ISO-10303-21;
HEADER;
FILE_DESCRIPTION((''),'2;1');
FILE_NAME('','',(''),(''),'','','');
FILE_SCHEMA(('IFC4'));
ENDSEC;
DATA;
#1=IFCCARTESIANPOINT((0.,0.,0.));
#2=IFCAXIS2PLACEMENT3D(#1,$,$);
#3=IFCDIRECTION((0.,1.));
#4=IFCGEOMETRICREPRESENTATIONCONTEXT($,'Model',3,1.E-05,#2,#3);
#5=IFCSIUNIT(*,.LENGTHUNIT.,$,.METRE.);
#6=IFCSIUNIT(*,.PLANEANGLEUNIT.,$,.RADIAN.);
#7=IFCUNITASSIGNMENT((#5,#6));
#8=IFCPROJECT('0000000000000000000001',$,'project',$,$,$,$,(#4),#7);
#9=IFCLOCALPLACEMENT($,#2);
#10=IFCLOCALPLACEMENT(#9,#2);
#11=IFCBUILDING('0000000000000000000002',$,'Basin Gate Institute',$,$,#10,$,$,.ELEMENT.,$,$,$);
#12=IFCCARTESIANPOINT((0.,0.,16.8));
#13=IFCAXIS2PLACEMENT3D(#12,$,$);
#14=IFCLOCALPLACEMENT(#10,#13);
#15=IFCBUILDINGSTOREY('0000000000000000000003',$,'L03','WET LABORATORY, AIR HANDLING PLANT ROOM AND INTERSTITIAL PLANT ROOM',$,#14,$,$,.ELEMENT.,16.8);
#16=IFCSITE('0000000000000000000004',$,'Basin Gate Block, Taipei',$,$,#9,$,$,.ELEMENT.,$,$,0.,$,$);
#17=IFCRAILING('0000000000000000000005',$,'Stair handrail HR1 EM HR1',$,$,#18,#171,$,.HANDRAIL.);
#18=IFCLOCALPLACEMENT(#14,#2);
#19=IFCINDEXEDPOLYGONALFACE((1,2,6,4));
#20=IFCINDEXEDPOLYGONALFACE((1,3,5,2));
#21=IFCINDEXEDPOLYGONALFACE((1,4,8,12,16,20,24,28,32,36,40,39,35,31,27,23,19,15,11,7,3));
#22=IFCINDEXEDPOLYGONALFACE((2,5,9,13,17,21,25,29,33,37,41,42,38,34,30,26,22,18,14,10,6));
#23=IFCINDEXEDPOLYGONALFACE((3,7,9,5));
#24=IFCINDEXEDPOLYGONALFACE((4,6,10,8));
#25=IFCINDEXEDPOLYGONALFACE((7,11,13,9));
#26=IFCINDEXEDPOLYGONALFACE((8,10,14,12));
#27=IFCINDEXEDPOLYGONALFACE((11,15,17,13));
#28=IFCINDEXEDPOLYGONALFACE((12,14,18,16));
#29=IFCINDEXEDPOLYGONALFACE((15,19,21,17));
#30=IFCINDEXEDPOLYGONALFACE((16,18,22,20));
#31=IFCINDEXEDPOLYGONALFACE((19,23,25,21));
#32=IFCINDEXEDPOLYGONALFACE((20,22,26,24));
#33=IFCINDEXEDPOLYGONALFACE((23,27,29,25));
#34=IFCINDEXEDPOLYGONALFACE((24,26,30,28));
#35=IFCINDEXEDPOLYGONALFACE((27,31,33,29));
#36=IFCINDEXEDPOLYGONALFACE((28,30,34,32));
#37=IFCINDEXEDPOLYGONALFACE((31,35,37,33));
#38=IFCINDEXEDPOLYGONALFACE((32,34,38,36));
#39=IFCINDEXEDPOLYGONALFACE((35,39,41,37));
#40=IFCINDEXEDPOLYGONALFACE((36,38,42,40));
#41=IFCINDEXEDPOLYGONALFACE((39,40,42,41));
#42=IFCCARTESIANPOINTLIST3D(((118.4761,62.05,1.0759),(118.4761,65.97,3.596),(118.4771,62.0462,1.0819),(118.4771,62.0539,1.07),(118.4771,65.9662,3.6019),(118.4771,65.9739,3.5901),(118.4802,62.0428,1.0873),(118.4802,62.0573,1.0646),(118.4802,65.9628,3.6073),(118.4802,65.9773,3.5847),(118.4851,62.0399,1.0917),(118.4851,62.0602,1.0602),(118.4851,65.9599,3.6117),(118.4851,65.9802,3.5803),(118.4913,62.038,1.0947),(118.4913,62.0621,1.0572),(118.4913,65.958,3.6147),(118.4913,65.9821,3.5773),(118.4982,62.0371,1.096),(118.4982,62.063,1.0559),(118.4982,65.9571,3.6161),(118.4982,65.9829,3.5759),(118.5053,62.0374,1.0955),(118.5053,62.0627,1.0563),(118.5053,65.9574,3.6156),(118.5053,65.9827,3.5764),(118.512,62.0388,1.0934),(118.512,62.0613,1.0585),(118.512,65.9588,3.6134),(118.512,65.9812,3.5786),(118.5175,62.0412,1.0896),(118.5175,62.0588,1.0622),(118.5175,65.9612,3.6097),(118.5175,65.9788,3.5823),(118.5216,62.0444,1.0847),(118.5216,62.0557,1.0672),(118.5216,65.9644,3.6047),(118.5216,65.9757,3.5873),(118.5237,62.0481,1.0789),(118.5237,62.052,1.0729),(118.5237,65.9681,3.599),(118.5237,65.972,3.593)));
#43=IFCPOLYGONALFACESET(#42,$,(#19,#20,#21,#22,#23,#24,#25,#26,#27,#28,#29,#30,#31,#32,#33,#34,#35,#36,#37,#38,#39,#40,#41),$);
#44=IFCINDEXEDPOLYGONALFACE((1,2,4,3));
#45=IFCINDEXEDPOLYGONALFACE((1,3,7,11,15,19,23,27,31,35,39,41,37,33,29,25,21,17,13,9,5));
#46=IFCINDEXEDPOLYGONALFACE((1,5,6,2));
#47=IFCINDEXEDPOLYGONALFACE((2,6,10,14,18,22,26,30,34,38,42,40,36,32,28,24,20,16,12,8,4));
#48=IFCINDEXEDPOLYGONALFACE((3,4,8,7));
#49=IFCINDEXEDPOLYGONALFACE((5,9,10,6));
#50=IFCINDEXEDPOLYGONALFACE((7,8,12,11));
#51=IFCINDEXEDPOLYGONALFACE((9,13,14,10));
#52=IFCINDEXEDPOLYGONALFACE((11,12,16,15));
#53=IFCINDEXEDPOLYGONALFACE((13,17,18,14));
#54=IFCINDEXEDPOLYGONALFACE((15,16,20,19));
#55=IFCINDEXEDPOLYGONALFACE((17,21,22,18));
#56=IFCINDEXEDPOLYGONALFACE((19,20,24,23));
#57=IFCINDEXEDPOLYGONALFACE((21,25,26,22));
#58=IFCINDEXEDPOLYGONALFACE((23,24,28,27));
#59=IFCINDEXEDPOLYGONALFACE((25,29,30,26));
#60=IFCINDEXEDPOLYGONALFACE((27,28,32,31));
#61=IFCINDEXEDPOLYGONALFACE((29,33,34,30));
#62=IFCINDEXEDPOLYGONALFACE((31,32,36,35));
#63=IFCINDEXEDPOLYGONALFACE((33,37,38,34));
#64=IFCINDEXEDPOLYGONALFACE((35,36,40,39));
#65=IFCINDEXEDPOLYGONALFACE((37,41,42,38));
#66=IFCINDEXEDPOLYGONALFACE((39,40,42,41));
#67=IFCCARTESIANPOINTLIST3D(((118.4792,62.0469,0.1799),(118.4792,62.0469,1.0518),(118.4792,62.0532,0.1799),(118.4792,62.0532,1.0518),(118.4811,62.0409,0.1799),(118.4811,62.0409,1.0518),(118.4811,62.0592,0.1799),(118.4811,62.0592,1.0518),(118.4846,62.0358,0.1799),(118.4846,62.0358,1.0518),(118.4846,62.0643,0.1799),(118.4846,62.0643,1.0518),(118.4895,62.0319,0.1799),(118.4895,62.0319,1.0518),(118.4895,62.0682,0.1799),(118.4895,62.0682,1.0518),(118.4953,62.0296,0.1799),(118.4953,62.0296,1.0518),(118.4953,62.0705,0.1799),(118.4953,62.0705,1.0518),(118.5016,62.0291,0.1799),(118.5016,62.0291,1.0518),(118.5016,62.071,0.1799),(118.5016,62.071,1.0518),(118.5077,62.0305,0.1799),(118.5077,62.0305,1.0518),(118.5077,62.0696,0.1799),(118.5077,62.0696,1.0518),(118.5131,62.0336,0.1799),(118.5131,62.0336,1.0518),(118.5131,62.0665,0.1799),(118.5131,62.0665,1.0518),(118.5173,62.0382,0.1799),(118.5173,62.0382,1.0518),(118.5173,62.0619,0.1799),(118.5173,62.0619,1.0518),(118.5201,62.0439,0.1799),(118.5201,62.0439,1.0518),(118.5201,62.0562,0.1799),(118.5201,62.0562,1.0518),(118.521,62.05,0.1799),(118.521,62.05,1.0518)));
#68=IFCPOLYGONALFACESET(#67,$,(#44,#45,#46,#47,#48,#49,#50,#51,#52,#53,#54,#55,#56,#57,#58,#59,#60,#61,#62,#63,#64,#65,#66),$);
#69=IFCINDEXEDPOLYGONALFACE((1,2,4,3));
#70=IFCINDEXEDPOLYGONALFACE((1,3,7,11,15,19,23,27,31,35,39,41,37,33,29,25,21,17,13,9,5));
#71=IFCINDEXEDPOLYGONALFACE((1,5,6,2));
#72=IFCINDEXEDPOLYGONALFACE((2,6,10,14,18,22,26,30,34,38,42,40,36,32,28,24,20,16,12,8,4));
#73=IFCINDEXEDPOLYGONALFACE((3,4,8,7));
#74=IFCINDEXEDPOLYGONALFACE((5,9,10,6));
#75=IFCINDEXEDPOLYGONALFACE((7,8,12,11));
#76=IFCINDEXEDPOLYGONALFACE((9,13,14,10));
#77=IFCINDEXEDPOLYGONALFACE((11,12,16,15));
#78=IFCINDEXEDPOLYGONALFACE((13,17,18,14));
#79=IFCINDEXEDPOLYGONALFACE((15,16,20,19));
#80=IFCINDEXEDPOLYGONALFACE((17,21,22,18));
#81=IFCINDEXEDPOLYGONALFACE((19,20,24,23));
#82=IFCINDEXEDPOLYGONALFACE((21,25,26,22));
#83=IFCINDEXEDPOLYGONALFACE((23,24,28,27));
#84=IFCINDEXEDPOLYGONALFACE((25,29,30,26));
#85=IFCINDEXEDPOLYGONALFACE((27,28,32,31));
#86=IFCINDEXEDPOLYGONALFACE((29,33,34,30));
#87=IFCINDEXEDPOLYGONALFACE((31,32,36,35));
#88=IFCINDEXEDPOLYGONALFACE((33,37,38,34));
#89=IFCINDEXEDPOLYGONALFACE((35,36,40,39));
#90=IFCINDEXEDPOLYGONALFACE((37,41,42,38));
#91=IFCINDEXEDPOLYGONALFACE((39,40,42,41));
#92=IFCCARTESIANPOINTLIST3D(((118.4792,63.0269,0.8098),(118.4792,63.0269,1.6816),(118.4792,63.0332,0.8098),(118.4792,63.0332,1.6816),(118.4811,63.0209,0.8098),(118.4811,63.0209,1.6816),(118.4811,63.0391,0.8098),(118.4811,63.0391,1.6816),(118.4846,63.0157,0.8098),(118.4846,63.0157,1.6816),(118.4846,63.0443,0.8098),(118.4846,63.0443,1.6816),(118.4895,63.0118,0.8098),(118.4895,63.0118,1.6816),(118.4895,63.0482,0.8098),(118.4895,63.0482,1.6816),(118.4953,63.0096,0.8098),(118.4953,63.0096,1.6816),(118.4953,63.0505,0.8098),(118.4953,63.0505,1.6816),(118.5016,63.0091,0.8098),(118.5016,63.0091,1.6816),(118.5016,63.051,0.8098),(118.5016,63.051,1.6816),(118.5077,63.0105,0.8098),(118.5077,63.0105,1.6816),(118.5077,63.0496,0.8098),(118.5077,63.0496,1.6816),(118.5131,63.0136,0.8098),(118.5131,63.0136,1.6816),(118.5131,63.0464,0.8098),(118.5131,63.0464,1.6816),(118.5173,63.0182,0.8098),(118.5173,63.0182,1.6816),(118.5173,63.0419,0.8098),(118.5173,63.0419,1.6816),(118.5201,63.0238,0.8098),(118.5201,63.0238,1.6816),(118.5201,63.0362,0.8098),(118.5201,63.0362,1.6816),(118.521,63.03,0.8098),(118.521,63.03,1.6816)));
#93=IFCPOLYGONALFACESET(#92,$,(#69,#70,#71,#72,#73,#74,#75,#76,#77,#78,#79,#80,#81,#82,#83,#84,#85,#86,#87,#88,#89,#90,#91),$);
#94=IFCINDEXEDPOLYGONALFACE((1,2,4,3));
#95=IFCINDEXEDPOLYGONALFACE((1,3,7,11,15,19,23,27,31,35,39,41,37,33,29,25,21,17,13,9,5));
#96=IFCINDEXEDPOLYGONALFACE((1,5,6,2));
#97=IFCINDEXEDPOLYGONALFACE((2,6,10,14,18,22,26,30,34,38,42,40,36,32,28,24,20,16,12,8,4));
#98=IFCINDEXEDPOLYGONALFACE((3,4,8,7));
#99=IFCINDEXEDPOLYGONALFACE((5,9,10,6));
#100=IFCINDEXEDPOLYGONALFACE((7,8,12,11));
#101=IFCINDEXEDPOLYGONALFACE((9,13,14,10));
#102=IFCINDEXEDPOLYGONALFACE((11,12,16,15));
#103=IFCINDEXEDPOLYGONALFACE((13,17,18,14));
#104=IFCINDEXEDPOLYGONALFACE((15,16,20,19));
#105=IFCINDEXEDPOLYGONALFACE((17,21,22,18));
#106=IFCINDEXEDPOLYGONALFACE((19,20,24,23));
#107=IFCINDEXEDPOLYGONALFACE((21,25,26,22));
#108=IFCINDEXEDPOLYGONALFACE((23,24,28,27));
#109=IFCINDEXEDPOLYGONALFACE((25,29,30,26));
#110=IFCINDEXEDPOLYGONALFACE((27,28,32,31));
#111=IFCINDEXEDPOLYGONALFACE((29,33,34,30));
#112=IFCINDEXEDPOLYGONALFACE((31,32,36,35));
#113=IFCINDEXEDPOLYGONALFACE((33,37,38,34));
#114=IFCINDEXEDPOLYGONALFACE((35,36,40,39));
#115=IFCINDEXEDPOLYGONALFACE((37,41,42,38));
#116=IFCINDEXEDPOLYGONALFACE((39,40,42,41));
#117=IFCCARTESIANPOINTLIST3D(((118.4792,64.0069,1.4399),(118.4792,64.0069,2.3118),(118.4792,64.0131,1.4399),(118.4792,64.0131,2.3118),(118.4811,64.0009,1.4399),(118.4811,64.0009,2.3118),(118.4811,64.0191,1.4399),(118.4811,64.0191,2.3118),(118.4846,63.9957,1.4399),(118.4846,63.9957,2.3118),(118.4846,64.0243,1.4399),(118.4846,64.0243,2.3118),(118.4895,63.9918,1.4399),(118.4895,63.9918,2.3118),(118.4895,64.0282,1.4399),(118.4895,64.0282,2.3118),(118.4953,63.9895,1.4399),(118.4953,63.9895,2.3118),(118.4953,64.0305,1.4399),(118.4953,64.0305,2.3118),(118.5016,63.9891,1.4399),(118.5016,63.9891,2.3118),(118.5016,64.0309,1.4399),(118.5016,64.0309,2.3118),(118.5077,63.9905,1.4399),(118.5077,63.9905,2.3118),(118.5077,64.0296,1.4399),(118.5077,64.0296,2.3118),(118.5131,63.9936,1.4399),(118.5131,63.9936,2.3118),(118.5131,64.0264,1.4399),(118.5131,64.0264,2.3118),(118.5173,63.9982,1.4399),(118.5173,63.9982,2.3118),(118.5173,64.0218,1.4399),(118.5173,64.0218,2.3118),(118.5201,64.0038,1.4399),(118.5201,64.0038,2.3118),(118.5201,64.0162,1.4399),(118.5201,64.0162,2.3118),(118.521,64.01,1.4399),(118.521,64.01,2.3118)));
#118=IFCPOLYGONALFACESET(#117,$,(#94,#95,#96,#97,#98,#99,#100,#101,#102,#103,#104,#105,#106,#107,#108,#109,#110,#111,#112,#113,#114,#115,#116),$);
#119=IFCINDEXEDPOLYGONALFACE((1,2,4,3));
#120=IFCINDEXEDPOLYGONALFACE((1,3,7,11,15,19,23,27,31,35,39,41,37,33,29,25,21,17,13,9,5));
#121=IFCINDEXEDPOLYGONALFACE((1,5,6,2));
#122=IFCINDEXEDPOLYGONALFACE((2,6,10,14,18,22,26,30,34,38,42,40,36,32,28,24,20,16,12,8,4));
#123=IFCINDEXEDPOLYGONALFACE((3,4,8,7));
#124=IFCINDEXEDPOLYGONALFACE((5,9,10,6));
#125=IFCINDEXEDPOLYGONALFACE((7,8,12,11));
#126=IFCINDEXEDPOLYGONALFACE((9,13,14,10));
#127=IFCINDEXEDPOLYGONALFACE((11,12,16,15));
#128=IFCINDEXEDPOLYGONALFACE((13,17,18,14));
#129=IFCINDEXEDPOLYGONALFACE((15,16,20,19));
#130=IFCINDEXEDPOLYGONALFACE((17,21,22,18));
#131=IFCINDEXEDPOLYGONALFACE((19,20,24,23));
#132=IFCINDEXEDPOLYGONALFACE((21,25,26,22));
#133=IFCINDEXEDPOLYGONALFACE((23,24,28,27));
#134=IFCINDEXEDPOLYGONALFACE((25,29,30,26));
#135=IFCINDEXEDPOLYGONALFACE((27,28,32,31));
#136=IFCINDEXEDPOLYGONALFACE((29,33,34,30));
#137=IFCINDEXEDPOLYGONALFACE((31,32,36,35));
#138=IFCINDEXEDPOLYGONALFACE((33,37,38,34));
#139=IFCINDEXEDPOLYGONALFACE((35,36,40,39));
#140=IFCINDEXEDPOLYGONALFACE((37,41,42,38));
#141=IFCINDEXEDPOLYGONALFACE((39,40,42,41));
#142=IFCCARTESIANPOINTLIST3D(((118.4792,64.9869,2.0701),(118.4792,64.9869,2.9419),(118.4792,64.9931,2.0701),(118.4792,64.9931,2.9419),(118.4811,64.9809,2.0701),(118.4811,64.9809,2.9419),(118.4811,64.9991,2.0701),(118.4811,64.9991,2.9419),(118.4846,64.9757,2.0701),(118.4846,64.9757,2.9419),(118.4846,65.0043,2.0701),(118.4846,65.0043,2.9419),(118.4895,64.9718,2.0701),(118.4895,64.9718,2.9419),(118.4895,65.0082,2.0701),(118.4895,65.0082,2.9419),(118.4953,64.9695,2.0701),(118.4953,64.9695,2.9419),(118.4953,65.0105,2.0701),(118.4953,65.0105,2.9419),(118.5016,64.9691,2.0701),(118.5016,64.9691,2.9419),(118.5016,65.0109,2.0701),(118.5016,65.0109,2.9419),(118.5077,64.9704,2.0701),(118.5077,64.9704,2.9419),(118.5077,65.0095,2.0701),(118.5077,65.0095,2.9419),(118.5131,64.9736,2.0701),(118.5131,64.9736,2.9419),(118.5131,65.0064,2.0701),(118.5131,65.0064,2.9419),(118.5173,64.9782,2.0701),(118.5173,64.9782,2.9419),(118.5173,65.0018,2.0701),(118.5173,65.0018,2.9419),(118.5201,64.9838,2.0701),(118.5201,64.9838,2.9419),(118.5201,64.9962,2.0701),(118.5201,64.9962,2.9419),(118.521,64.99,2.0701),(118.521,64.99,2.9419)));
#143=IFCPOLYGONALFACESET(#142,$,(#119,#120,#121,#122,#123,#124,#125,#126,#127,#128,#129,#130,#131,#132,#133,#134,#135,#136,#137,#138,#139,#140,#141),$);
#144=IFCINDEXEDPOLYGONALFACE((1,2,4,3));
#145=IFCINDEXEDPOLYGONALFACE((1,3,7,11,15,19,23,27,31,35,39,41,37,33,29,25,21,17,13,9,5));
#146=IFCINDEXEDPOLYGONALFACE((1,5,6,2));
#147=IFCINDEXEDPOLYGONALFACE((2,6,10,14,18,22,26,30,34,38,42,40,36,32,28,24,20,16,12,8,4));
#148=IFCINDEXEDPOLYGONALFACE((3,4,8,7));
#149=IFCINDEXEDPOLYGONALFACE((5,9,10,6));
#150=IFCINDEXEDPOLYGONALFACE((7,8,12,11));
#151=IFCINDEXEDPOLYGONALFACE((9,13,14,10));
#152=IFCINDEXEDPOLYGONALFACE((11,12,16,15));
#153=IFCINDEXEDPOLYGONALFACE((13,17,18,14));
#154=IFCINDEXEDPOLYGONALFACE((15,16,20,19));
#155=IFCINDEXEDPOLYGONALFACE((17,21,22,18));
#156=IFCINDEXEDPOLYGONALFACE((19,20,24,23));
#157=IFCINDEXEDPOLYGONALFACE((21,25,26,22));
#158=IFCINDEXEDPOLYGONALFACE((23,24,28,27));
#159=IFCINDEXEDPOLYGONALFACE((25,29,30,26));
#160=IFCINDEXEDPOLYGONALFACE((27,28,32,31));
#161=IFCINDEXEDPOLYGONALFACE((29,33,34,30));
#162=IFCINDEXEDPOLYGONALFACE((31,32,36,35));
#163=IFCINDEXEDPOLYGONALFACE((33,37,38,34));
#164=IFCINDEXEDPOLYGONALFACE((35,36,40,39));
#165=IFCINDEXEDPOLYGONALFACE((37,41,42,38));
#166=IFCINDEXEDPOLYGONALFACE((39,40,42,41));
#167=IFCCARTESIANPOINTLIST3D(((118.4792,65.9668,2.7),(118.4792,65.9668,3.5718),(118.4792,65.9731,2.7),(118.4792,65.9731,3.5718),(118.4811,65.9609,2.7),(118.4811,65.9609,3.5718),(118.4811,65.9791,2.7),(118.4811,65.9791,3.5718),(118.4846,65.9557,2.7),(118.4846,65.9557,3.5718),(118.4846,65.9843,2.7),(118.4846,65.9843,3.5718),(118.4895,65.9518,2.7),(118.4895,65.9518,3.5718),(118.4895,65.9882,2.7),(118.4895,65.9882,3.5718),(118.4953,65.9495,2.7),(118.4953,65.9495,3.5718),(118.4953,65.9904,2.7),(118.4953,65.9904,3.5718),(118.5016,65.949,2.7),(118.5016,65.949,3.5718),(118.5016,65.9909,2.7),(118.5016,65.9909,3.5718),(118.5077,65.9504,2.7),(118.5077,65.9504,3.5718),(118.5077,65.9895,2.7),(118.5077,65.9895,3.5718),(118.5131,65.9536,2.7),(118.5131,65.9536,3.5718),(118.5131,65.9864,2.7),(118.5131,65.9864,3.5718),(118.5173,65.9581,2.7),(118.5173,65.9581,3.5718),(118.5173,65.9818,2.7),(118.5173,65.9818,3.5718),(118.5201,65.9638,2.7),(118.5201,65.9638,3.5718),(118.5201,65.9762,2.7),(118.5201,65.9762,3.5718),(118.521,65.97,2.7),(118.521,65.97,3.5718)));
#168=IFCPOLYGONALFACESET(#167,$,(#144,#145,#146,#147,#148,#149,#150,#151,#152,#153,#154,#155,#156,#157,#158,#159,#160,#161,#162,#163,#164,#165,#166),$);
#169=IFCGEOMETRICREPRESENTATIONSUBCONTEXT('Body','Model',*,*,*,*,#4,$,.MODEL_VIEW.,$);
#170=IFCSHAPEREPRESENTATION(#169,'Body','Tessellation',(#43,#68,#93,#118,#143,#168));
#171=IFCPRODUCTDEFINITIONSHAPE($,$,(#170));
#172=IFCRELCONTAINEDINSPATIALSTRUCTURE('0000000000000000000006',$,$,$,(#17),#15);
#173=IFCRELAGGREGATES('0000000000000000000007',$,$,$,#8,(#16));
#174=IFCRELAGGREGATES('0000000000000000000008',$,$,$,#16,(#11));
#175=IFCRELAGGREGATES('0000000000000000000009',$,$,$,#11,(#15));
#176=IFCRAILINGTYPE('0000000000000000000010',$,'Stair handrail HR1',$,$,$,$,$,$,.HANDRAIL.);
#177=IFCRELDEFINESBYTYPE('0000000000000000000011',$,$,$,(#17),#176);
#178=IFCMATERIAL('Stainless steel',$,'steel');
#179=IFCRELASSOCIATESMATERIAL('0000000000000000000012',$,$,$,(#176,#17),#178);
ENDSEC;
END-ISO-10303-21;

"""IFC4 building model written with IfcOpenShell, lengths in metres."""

from ifc_helpers import new_model, si_unit, direction, frame, origin, origin_2d, place, context, subcontext, project, spatial, circle, extrude, material, type_object, element, save


model = new_model("IFC4")

# Units and contexts
model_context = context("Model", 3, precision=1e-05, world=origin(), true_north=direction((0.0, 1.0)))
body_context = subcontext(model_context, "Body", "Model", "MODEL_VIEW")
ifc_project = project(units=[si_unit("LENGTHUNIT", "METRE"), si_unit("PLANEANGLEUNIT", "RADIAN")], contexts=[model_context])

# Site, building, storey
site_placement = place(None, origin())
site = spatial("IfcSite", under=ifc_project, at=site_placement, Name="Basin Gate Block, Taipei", CompositionType="ELEMENT", RefElevation=0.0)
building_placement = place(site_placement, origin())
building = spatial("IfcBuilding", under=site, at=building_placement, Name="Basin Gate Institute", CompositionType="ELEMENT")
storey_placement = place(building_placement, frame((0.0, 0.0, 16.8)))
storey = spatial("IfcBuildingStorey", under=building, at=storey_placement, Name="L03", Description="WET LABORATORY, AIR HANDLING PLANT ROOM AND INTERSTITIAL PLANT ROOM", CompositionType="ELEMENT", Elevation=16.8)

# Railing
ifc_material_1 = material(Name="Stainless steel", Category="steel")
railing_type_1 = type_object("IfcRailingType", Name="Stair handrail HR1", PredefinedType="HANDRAIL", material=ifc_material_1)
for number, where, name in (
    (1, (118.5, 62.05, 0.1799), "Stair handrail HR1 EM HR1"),
):
    element("IfcRailing", number, at=place(storey_placement, frame(where)), inside=storey, type_object=railing_type_1, material=ifc_material_1, Name=name, PredefinedType="HANDRAIL", context=body_context, shape_type="SweptSolid", body=[
        extrude(circle(Radius=0.0239, at=origin_2d()), frame((0.0, 0.0, 0.896), z_axis=(0.0, 0.841172, 0.540768), x_axis=(-1.0, 0.0, 0.0)), (0.0, 0.0, 1.0), 4.6602),
        extrude(circle(Radius=0.021, at=origin_2d()), origin(), (0.0, 0.0, 1.0), 0.8718),
        extrude(circle(Radius=0.021, at=origin_2d()), frame((0.0, 0.98, 0.6299)), (0.0, 0.0, 1.0), 0.8718),
        extrude(circle(Radius=0.021, at=origin_2d()), frame((0.0, 1.96, 1.26)), (0.0, 0.0, 1.0), 0.8718),
        extrude(circle(Radius=0.021, at=origin_2d()), frame((0.0, 2.9399, 1.8901)), (0.0, 0.0, 1.0), 0.8718),
        extrude(circle(Radius=0.021, at=origin_2d()), frame((0.0, 3.9199, 2.52)), (0.0, 0.0, 1.0), 0.8718),
    ])

save(model, "model.ifc")
